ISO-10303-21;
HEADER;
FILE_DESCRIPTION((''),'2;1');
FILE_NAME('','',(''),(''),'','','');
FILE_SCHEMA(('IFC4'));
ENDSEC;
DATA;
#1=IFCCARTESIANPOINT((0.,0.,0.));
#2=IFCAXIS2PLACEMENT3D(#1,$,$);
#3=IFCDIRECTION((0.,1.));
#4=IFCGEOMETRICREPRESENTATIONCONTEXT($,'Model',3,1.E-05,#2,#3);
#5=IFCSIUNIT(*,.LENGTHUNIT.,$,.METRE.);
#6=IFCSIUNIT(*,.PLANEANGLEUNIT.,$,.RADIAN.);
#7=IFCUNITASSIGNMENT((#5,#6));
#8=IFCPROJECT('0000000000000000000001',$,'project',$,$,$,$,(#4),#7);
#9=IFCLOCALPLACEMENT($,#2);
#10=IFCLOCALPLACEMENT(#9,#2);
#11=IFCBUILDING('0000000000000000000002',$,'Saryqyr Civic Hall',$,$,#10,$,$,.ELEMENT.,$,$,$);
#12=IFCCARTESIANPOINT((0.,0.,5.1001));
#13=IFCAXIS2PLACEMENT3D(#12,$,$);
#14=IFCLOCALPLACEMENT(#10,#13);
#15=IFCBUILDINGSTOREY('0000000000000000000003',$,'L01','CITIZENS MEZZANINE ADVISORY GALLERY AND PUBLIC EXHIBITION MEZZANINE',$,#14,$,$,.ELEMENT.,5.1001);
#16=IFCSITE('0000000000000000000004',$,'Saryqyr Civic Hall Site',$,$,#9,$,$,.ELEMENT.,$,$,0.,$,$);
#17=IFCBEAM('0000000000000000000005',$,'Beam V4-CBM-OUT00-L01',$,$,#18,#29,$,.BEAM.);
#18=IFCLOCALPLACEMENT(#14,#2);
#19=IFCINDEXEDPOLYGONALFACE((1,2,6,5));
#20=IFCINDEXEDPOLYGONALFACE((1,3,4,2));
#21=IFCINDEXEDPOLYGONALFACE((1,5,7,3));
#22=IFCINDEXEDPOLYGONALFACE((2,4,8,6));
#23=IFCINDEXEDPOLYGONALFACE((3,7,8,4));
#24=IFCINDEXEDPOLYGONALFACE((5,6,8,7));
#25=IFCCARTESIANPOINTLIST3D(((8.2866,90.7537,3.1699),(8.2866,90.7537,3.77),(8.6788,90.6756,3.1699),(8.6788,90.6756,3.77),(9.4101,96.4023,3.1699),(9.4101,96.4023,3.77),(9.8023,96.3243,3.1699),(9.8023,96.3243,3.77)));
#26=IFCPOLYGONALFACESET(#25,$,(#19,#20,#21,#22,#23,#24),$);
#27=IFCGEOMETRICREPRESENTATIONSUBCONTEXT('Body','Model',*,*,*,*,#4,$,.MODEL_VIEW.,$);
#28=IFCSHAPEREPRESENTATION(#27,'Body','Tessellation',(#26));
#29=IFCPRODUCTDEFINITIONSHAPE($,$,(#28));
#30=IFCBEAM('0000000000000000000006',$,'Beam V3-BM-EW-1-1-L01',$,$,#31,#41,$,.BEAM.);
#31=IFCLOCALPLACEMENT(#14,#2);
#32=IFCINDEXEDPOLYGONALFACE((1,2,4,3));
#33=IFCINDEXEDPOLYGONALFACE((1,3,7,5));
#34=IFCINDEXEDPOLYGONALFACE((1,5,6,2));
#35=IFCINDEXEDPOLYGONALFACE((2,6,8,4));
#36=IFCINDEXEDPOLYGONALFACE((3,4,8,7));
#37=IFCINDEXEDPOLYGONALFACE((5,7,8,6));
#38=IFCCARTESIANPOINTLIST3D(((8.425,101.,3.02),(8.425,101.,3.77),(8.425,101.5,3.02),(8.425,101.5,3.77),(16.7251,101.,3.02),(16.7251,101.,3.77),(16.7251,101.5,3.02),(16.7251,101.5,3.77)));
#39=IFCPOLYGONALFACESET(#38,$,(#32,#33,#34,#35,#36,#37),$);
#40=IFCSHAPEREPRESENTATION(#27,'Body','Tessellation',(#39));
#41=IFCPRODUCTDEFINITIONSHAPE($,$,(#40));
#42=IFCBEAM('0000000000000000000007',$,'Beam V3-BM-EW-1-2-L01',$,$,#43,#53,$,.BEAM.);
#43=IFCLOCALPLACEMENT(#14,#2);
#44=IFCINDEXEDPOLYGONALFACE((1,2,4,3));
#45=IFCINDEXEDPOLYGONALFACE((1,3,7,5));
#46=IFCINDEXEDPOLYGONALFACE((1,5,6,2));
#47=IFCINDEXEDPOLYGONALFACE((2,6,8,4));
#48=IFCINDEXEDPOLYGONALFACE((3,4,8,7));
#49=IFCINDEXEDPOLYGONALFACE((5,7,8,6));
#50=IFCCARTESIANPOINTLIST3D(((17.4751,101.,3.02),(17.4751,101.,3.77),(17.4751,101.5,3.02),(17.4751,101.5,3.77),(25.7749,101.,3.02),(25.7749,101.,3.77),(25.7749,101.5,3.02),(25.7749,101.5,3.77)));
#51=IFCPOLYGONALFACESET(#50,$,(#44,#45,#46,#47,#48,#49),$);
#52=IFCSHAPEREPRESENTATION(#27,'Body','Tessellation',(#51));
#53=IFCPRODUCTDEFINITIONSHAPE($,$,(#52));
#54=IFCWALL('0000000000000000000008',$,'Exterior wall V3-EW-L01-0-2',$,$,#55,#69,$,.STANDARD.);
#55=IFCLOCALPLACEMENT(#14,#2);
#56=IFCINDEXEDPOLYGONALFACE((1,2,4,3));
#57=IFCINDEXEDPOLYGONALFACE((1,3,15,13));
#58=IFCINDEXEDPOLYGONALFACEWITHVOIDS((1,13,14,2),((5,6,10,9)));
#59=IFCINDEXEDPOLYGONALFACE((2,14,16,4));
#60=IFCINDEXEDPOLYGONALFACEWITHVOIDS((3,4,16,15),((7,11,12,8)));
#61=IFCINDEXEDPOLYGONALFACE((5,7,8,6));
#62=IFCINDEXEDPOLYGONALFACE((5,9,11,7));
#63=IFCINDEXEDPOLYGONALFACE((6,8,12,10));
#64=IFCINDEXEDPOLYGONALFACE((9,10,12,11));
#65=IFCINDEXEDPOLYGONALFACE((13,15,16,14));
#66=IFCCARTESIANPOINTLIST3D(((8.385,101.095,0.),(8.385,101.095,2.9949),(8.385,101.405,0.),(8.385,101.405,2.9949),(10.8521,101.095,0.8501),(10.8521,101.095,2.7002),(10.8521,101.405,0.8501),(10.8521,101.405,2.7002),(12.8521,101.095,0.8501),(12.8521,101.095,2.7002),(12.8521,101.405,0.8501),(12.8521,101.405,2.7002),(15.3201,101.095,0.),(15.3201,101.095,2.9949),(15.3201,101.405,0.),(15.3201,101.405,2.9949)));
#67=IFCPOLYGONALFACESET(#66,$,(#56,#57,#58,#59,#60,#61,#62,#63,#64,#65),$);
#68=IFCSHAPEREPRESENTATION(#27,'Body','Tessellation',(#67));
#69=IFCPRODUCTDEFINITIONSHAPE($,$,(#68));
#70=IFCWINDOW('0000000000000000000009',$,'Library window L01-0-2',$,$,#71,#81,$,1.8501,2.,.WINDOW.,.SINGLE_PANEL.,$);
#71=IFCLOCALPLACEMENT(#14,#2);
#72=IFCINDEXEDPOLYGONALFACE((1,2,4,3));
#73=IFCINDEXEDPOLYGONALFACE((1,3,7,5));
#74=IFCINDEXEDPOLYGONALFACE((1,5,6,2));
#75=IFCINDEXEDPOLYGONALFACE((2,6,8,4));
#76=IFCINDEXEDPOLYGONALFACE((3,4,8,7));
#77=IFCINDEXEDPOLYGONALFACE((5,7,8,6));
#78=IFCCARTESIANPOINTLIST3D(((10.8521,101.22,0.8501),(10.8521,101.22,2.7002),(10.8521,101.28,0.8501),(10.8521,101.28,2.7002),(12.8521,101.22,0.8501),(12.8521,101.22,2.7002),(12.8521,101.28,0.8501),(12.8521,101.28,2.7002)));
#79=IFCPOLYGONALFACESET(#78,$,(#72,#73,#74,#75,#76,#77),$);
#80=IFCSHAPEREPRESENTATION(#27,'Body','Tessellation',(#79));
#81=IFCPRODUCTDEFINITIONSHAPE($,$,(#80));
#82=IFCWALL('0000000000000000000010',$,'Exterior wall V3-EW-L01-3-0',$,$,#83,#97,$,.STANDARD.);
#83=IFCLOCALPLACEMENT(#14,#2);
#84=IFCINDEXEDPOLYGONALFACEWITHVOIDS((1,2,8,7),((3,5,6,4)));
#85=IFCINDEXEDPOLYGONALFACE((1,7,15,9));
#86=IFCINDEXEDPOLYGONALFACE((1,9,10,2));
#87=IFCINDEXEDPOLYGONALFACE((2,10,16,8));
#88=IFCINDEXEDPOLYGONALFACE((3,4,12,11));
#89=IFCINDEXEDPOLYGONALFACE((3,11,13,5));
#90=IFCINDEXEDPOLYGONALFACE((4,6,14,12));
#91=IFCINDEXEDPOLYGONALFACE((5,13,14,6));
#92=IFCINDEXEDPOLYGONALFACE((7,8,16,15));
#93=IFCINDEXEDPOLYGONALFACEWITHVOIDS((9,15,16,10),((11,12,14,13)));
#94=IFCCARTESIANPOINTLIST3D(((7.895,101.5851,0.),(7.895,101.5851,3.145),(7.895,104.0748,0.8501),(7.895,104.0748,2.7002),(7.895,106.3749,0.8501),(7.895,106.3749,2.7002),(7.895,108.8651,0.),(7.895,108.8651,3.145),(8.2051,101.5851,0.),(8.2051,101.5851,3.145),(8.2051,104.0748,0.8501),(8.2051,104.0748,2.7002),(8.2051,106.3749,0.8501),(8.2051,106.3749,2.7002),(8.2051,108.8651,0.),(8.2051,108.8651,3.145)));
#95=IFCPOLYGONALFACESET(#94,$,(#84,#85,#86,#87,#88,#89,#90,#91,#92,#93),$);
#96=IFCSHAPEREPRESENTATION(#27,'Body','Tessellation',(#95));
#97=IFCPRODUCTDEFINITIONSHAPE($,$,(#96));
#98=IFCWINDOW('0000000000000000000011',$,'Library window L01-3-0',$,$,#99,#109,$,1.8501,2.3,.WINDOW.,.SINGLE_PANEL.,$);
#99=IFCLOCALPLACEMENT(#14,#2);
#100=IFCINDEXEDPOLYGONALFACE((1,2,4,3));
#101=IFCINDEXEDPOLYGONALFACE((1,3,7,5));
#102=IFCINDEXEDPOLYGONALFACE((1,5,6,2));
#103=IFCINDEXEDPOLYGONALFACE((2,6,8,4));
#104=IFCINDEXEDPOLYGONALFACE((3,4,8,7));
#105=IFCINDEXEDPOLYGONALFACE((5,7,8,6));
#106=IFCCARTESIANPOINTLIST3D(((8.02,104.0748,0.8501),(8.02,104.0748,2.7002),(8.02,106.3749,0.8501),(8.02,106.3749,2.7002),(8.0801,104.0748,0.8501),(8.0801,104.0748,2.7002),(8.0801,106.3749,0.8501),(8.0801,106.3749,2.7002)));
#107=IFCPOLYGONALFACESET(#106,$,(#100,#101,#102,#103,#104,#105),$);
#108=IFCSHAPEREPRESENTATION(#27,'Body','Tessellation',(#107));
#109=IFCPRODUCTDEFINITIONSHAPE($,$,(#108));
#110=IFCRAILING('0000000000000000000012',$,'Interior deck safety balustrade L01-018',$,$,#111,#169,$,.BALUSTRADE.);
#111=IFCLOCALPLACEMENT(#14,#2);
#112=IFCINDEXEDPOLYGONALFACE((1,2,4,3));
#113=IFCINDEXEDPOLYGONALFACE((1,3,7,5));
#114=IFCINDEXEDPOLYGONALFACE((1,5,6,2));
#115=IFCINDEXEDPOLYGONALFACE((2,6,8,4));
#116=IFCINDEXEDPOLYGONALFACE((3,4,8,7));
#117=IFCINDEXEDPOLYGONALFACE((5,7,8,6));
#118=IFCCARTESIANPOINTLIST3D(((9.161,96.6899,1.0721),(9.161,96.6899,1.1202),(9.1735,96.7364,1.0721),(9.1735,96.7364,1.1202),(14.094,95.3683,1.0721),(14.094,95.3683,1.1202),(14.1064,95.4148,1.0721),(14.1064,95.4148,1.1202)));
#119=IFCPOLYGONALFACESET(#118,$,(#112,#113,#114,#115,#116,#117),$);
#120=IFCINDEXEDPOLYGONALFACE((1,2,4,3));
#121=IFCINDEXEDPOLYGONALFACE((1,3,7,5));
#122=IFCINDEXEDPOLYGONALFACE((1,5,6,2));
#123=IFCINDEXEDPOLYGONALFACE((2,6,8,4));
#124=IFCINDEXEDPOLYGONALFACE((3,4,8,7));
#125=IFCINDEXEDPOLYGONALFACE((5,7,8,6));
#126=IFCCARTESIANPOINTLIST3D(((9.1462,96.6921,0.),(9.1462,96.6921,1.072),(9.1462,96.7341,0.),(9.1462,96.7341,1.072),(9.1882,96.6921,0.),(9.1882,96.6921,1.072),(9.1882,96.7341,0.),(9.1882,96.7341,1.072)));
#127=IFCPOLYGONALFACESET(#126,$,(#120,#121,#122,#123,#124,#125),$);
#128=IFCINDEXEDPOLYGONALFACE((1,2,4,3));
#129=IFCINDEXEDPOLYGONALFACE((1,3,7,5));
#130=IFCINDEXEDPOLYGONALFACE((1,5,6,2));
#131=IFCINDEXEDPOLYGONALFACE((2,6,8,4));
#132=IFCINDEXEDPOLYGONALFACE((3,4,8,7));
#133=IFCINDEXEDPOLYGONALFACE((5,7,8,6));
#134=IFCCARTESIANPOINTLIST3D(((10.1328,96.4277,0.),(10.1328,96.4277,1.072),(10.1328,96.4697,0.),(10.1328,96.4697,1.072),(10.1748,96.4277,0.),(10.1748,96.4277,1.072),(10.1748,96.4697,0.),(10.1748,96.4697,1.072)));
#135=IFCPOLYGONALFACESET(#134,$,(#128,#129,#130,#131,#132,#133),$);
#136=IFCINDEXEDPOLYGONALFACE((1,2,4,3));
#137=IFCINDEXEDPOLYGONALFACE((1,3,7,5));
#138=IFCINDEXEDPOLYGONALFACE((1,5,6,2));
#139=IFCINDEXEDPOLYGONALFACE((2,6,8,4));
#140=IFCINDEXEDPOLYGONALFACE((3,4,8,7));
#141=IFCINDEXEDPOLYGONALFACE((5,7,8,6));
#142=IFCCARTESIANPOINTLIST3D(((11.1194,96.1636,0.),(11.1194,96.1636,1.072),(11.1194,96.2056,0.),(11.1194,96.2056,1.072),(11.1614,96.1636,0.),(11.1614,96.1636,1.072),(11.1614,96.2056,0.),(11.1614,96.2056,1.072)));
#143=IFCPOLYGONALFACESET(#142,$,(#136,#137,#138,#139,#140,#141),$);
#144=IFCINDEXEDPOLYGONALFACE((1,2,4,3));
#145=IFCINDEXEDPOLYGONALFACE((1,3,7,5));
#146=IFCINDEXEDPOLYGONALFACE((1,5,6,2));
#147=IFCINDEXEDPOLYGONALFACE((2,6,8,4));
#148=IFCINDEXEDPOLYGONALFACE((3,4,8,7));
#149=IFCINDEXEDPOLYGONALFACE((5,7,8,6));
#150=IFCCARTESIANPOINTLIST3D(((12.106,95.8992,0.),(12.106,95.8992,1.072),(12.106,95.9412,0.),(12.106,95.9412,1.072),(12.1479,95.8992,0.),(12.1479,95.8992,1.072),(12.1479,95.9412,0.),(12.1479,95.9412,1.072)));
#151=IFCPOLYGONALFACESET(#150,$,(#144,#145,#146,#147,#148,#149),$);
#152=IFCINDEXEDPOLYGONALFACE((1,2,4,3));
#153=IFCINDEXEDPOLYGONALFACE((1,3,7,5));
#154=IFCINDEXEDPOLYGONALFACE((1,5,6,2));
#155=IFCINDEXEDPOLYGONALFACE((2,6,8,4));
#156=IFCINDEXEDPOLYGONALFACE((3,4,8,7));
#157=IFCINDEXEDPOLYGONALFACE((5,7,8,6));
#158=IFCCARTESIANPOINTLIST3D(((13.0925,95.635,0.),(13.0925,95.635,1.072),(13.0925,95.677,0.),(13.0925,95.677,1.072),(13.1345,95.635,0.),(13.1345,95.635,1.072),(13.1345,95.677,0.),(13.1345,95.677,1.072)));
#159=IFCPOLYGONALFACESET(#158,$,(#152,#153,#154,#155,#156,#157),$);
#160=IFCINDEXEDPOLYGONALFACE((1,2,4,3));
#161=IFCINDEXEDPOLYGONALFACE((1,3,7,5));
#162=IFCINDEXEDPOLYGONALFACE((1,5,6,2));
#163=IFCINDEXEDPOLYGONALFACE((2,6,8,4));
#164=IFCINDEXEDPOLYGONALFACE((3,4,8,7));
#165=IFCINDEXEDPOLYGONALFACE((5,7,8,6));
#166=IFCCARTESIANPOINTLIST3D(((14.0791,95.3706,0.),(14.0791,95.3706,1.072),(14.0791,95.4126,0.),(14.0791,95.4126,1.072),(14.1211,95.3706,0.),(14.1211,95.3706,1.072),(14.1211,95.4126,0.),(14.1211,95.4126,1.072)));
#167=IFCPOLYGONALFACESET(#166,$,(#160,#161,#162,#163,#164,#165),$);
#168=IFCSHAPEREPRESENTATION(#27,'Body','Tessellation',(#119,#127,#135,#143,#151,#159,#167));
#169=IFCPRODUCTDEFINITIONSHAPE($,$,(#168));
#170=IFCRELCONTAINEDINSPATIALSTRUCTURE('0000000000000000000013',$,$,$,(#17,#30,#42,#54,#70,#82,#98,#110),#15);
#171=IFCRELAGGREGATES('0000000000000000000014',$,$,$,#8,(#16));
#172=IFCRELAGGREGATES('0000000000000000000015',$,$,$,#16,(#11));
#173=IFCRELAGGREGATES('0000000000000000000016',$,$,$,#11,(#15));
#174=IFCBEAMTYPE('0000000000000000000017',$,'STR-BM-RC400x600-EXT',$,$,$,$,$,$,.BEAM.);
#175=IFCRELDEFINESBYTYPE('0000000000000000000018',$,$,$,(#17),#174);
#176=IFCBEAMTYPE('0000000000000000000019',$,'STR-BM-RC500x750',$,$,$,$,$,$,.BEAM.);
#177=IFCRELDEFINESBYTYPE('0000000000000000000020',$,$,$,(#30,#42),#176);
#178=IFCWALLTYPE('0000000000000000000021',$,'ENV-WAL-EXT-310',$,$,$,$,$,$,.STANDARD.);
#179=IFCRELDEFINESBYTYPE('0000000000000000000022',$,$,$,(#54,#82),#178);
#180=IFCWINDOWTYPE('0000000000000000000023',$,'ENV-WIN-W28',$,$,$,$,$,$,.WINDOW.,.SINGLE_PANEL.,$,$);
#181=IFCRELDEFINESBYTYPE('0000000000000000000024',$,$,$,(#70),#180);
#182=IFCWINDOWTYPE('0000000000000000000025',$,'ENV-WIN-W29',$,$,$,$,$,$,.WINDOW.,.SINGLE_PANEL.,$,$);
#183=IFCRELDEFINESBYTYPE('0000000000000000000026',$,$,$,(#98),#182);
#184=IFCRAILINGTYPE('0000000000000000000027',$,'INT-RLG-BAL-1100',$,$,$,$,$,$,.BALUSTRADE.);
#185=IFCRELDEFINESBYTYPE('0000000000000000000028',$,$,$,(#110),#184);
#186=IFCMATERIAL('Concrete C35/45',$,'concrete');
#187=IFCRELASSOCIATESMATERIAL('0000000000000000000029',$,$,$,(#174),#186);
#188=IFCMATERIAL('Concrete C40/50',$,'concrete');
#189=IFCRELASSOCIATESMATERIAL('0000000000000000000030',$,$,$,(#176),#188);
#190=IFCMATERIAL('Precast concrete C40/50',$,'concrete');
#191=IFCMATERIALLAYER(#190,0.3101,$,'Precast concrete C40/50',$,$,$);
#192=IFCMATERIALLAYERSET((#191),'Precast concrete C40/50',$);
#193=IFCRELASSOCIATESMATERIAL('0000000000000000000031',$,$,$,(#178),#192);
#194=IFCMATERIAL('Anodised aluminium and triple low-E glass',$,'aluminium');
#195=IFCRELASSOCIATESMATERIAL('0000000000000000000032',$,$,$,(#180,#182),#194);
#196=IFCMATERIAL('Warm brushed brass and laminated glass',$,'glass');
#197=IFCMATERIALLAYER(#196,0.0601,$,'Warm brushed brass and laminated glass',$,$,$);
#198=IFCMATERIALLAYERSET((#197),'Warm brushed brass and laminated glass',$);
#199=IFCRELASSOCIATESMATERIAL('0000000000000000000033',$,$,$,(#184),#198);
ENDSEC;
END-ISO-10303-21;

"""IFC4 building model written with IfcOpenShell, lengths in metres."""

from ifc_helpers import new_model, si_unit, direction, frame, frame_2d, origin, origin_2d, place, context, subcontext, project, spatial, rectangle, extrude, material, layer, layer_set, material_profile, profile_set, type_object, element, fill, save


model = new_model("IFC4")

# Units and contexts
model_context = context("Model", 3, precision=1e-05, world=origin(), true_north=direction((0.0, 1.0)))
body_context = subcontext(model_context, "Body", "Model", "MODEL_VIEW")
ifc_project = project(units=[si_unit("LENGTHUNIT", "METRE"), si_unit("PLANEANGLEUNIT", "RADIAN")], contexts=[model_context])

# Site, building, storey
site_placement = place(None, origin())
site = spatial("IfcSite", under=ifc_project, at=site_placement, Name="Saryqyr Civic Hall Site", CompositionType="ELEMENT", RefElevation=0.0)
building_placement = place(site_placement, origin())
building = spatial("IfcBuilding", under=site, at=building_placement, Name="Saryqyr Civic Hall", CompositionType="ELEMENT")
storey_placement = place(building_placement, frame((0.0, 0.0, 5.1001)))
storey = spatial("IfcBuildingStorey", under=building, at=storey_placement, Name="L01", Description="CITIZENS MEZZANINE ADVISORY GALLERY AND PUBLIC EXHIBITION MEZZANINE", CompositionType="ELEMENT", Elevation=5.1001)

# Shared definitions
ifc_material_1 = material(Name="Concrete C40/50", Category="concrete")
ifc_material_2 = material(Name="Concrete C35/45", Category="concrete")

# Beams
ifc_material_profile_1 = material_profile(ifc_material_2, rectangle(XDim=0.3999, YDim=0.6001, at=origin_2d()), Name="RC 400x600")
ifc_profile_set_1 = profile_set([ifc_material_profile_1], Name="Concrete C35/45")
beam_type_1 = type_object("IfcBeamType", Name="STR-BM-RC400x600-EXT", PredefinedType="BEAM", material=ifc_profile_set_1)
beam_1_placement = place(storey_placement, frame((9.6062, 96.3633, 3.47), z_axis=(-0.195081, -0.980787, 0.0), x_axis=(0.980787, -0.195081, 0.0)))
element("IfcBeam", 1, at=beam_1_placement, inside=storey, type_object=beam_type_1, Name="Beam V4-CBM-OUT00-L01", PredefinedType="BEAM", context=body_context, shape_type="SweptSolid", body=[
    extrude(rectangle(XDim=0.3999, YDim=0.6001, at=origin_2d()), origin(), (0.0, 0.0, 1.0), 5.7593),
])
ifc_material_profile_2 = material_profile(ifc_material_1, rectangle(XDim=0.5, YDim=0.75, at=origin_2d()), Name="RC 500x750")
ifc_profile_set_2 = profile_set([ifc_material_profile_2], Name="Concrete C40/50")
beam_type_2 = type_object("IfcBeamType", Name="STR-BM-RC500x750", PredefinedType="BEAM", material=ifc_profile_set_2)
beam_2_placement = place(storey_placement, frame((8.425, 101.25, 3.395), z_axis=(1.0, 0.0, 0.0), x_axis=(0.0, 1.0, 0.0)))
element("IfcBeam", 2, at=beam_2_placement, inside=storey, type_object=beam_type_2, Name="Beam V3-BM-EW-1-1-L01", PredefinedType="BEAM", context=body_context, shape_type="SweptSolid", body=[
    extrude(rectangle(XDim=0.5, YDim=0.75, at=origin_2d()), origin(), (0.0, 0.0, 1.0), 8.3),
])
beam_3_placement = place(storey_placement, frame((17.4751, 101.25, 3.395), z_axis=(1.0, 0.0, 0.0), x_axis=(0.0, 1.0, 0.0)))
element("IfcBeam", 3, at=beam_3_placement, inside=storey, type_object=beam_type_2, Name="Beam V3-BM-EW-1-2-L01", PredefinedType="BEAM", context=body_context, shape_type="SweptSolid", body=[
    extrude(rectangle(XDim=0.5, YDim=0.75, at=origin_2d()), origin(), (0.0, 0.0, 1.0), 8.2998),
])

# Walls, openings, windows
ifc_material_3 = material(Name="Precast concrete C40/50", Category="concrete")
ifc_layer_1 = layer(ifc_material_3, 0.3101, Name="Precast concrete C40/50")
ifc_layer_set_1 = layer_set([ifc_layer_1], Name="Precast concrete C40/50")
wall_type = type_object("IfcWallType", Name="ENV-WAL-EXT-310", PredefinedType="STANDARD", material=ifc_layer_set_1)
wall_1_placement = place(storey_placement, frame((15.3201, 101.25, 0.0), z_axis=(0.0, 0.0, 1.0), x_axis=(-1.0, 0.0, 0.0)))
wall_1 = element("IfcWall", 4, at=wall_1_placement, inside=storey, type_object=wall_type, Name="Exterior wall V3-EW-L01-0-2", PredefinedType="STANDARD", context=body_context, shape_type="SweptSolid", body=[
    extrude(rectangle(XDim=6.9351, YDim=0.3101, at=frame_2d((3.4675, 0.0))), origin(), (0.0, 0.0, 1.0), 2.9949),
])
opening_1_placement = place(wall_1_placement, frame((2.468, 0.0, 0.8501)))
opening_1 = element("IfcOpeningElement", 5, at=opening_1_placement, cuts=wall_1, PredefinedType="OPENING", context=body_context, shape_type="SweptSolid", body=[
    extrude(rectangle(XDim=2.0, YDim=1.8501, at=frame_2d((1.0, 0.925))), frame((0.0, 0.165, 0.0), z_axis=(0.0, -1.0, 0.0), x_axis=(1.0, 0.0, 0.0)), (0.0, 0.0, 1.0), 0.3301),
])
ifc_material_4 = material(Name="Anodised aluminium and triple low-E glass", Category="aluminium")
window_type_1 = type_object("IfcWindowType", Name="ENV-WIN-W28", PartitioningType="SINGLE_PANEL", PredefinedType="WINDOW", material=ifc_material_4)
window_1_placement = place(opening_1_placement, origin())
window_1 = element("IfcWindow", 6, at=window_1_placement, inside=storey, type_object=window_type_1, Name="Library window L01-0-2", OverallHeight=1.8501, OverallWidth=2.0, PartitioningType="SINGLE_PANEL", PredefinedType="WINDOW", context=body_context, shape_type="SweptSolid", body=[
    extrude(rectangle(XDim=2.0, YDim=1.8501, at=frame_2d((1.0, 0.925))), frame((0.0, 0.03, 0.0), z_axis=(0.0, -1.0, 0.0), x_axis=(1.0, 0.0, 0.0)), (0.0, 0.0, 1.0), 0.0601),
])
fill(opening_1, window_1)
wall_2_placement = place(storey_placement, frame((8.05, 101.585, 0.0), z_axis=(0.0, 0.0, 1.0), x_axis=(0.0, 1.0, 0.0)))
wall_2 = element("IfcWall", 7, at=wall_2_placement, inside=storey, type_object=wall_type, Name="Exterior wall V3-EW-L01-3-0", PredefinedType="STANDARD", context=body_context, shape_type="SweptSolid", body=[
    extrude(rectangle(XDim=7.28, YDim=0.3101, at=frame_2d((3.6401, 0.0))), origin(), (0.0, 0.0, 1.0), 3.145),
])
opening_2_placement = place(wall_2_placement, frame((2.49, 0.0, 0.8501)))
opening_2 = element("IfcOpeningElement", 8, at=opening_2_placement, cuts=wall_2, PredefinedType="OPENING", context=body_context, shape_type="SweptSolid", body=[
    extrude(rectangle(XDim=2.3, YDim=1.8501, at=frame_2d((1.1499, 0.925))), frame((0.0, 0.165, 0.0), z_axis=(0.0, -1.0, 0.0), x_axis=(1.0, 0.0, 0.0)), (0.0, 0.0, 1.0), 0.3301),
])
window_type_2 = type_object("IfcWindowType", Name="ENV-WIN-W29", PartitioningType="SINGLE_PANEL", PredefinedType="WINDOW", material=ifc_material_4)
window_2_placement = place(opening_2_placement, origin())
window_2 = element("IfcWindow", 9, at=window_2_placement, inside=storey, type_object=window_type_2, Name="Library window L01-3-0", OverallHeight=1.8501, OverallWidth=2.3, PartitioningType="SINGLE_PANEL", PredefinedType="WINDOW", context=body_context, shape_type="SweptSolid", body=[
    extrude(rectangle(XDim=2.3, YDim=1.8501, at=frame_2d((1.1499, 0.925))), frame((0.0, 0.03, 0.0), z_axis=(0.0, -1.0, 0.0), x_axis=(1.0, 0.0, 0.0)), (0.0, 0.0, 1.0), 0.0601),
])
fill(opening_2, window_2)

# Railing
ifc_material_5 = material(Name="Warm brushed brass and laminated glass", Category="glass")
ifc_layer_2 = layer(ifc_material_5, 0.0601, Name="Warm brushed brass and laminated glass")
ifc_layer_set_2 = layer_set([ifc_layer_2], Name="Warm brushed brass and laminated glass")
railing_type = type_object("IfcRailingType", Name="INT-RLG-BAL-1100", PredefinedType="BALUSTRADE", material=ifc_layer_set_2)
railing_1_placement = place(storey_placement, frame((9.1672, 96.7131, 0.0)))
element("IfcRailing", 10, at=railing_1_placement, inside=storey, type_object=railing_type, Name="Interior deck safety balustrade L01-018", PredefinedType="BALUSTRADE", context=body_context, shape_type="SweptSolid", body=[
    extrude(rectangle(XDim=0.0481, YDim=0.0481, at=origin_2d()), frame((0.0, 0.0, 1.0962), z_axis=(0.965937, -0.258778, 0.0), x_axis=(0.258778, 0.965937, 0.0)), (0.0, 0.0, 1.0), 5.1069),
    extrude(rectangle(XDim=0.042, YDim=0.042, at=origin_2d()), origin(), (0.0, 0.0, 1.0), 1.072),
    extrude(rectangle(XDim=0.042, YDim=0.042, at=origin_2d()), frame((0.9866, -0.2644, 0.0)), (0.0, 0.0, 1.0), 1.072),
    extrude(rectangle(XDim=0.042, YDim=0.042, at=origin_2d()), frame((1.9731, -0.5286, 0.0)), (0.0, 0.0, 1.0), 1.072),
    extrude(rectangle(XDim=0.042, YDim=0.042, at=origin_2d()), frame((2.9597, -0.793, 0.0)), (0.0, 0.0, 1.0), 1.072),
    extrude(rectangle(XDim=0.042, YDim=0.042, at=origin_2d()), frame((3.9463, -1.0571, 0.0)), (0.0, 0.0, 1.0), 1.072),
    extrude(rectangle(XDim=0.042, YDim=0.042, at=origin_2d()), frame((4.9329, -1.3215, 0.0)), (0.0, 0.0, 1.0), 1.072),
])

save(model, "model.ifc")
